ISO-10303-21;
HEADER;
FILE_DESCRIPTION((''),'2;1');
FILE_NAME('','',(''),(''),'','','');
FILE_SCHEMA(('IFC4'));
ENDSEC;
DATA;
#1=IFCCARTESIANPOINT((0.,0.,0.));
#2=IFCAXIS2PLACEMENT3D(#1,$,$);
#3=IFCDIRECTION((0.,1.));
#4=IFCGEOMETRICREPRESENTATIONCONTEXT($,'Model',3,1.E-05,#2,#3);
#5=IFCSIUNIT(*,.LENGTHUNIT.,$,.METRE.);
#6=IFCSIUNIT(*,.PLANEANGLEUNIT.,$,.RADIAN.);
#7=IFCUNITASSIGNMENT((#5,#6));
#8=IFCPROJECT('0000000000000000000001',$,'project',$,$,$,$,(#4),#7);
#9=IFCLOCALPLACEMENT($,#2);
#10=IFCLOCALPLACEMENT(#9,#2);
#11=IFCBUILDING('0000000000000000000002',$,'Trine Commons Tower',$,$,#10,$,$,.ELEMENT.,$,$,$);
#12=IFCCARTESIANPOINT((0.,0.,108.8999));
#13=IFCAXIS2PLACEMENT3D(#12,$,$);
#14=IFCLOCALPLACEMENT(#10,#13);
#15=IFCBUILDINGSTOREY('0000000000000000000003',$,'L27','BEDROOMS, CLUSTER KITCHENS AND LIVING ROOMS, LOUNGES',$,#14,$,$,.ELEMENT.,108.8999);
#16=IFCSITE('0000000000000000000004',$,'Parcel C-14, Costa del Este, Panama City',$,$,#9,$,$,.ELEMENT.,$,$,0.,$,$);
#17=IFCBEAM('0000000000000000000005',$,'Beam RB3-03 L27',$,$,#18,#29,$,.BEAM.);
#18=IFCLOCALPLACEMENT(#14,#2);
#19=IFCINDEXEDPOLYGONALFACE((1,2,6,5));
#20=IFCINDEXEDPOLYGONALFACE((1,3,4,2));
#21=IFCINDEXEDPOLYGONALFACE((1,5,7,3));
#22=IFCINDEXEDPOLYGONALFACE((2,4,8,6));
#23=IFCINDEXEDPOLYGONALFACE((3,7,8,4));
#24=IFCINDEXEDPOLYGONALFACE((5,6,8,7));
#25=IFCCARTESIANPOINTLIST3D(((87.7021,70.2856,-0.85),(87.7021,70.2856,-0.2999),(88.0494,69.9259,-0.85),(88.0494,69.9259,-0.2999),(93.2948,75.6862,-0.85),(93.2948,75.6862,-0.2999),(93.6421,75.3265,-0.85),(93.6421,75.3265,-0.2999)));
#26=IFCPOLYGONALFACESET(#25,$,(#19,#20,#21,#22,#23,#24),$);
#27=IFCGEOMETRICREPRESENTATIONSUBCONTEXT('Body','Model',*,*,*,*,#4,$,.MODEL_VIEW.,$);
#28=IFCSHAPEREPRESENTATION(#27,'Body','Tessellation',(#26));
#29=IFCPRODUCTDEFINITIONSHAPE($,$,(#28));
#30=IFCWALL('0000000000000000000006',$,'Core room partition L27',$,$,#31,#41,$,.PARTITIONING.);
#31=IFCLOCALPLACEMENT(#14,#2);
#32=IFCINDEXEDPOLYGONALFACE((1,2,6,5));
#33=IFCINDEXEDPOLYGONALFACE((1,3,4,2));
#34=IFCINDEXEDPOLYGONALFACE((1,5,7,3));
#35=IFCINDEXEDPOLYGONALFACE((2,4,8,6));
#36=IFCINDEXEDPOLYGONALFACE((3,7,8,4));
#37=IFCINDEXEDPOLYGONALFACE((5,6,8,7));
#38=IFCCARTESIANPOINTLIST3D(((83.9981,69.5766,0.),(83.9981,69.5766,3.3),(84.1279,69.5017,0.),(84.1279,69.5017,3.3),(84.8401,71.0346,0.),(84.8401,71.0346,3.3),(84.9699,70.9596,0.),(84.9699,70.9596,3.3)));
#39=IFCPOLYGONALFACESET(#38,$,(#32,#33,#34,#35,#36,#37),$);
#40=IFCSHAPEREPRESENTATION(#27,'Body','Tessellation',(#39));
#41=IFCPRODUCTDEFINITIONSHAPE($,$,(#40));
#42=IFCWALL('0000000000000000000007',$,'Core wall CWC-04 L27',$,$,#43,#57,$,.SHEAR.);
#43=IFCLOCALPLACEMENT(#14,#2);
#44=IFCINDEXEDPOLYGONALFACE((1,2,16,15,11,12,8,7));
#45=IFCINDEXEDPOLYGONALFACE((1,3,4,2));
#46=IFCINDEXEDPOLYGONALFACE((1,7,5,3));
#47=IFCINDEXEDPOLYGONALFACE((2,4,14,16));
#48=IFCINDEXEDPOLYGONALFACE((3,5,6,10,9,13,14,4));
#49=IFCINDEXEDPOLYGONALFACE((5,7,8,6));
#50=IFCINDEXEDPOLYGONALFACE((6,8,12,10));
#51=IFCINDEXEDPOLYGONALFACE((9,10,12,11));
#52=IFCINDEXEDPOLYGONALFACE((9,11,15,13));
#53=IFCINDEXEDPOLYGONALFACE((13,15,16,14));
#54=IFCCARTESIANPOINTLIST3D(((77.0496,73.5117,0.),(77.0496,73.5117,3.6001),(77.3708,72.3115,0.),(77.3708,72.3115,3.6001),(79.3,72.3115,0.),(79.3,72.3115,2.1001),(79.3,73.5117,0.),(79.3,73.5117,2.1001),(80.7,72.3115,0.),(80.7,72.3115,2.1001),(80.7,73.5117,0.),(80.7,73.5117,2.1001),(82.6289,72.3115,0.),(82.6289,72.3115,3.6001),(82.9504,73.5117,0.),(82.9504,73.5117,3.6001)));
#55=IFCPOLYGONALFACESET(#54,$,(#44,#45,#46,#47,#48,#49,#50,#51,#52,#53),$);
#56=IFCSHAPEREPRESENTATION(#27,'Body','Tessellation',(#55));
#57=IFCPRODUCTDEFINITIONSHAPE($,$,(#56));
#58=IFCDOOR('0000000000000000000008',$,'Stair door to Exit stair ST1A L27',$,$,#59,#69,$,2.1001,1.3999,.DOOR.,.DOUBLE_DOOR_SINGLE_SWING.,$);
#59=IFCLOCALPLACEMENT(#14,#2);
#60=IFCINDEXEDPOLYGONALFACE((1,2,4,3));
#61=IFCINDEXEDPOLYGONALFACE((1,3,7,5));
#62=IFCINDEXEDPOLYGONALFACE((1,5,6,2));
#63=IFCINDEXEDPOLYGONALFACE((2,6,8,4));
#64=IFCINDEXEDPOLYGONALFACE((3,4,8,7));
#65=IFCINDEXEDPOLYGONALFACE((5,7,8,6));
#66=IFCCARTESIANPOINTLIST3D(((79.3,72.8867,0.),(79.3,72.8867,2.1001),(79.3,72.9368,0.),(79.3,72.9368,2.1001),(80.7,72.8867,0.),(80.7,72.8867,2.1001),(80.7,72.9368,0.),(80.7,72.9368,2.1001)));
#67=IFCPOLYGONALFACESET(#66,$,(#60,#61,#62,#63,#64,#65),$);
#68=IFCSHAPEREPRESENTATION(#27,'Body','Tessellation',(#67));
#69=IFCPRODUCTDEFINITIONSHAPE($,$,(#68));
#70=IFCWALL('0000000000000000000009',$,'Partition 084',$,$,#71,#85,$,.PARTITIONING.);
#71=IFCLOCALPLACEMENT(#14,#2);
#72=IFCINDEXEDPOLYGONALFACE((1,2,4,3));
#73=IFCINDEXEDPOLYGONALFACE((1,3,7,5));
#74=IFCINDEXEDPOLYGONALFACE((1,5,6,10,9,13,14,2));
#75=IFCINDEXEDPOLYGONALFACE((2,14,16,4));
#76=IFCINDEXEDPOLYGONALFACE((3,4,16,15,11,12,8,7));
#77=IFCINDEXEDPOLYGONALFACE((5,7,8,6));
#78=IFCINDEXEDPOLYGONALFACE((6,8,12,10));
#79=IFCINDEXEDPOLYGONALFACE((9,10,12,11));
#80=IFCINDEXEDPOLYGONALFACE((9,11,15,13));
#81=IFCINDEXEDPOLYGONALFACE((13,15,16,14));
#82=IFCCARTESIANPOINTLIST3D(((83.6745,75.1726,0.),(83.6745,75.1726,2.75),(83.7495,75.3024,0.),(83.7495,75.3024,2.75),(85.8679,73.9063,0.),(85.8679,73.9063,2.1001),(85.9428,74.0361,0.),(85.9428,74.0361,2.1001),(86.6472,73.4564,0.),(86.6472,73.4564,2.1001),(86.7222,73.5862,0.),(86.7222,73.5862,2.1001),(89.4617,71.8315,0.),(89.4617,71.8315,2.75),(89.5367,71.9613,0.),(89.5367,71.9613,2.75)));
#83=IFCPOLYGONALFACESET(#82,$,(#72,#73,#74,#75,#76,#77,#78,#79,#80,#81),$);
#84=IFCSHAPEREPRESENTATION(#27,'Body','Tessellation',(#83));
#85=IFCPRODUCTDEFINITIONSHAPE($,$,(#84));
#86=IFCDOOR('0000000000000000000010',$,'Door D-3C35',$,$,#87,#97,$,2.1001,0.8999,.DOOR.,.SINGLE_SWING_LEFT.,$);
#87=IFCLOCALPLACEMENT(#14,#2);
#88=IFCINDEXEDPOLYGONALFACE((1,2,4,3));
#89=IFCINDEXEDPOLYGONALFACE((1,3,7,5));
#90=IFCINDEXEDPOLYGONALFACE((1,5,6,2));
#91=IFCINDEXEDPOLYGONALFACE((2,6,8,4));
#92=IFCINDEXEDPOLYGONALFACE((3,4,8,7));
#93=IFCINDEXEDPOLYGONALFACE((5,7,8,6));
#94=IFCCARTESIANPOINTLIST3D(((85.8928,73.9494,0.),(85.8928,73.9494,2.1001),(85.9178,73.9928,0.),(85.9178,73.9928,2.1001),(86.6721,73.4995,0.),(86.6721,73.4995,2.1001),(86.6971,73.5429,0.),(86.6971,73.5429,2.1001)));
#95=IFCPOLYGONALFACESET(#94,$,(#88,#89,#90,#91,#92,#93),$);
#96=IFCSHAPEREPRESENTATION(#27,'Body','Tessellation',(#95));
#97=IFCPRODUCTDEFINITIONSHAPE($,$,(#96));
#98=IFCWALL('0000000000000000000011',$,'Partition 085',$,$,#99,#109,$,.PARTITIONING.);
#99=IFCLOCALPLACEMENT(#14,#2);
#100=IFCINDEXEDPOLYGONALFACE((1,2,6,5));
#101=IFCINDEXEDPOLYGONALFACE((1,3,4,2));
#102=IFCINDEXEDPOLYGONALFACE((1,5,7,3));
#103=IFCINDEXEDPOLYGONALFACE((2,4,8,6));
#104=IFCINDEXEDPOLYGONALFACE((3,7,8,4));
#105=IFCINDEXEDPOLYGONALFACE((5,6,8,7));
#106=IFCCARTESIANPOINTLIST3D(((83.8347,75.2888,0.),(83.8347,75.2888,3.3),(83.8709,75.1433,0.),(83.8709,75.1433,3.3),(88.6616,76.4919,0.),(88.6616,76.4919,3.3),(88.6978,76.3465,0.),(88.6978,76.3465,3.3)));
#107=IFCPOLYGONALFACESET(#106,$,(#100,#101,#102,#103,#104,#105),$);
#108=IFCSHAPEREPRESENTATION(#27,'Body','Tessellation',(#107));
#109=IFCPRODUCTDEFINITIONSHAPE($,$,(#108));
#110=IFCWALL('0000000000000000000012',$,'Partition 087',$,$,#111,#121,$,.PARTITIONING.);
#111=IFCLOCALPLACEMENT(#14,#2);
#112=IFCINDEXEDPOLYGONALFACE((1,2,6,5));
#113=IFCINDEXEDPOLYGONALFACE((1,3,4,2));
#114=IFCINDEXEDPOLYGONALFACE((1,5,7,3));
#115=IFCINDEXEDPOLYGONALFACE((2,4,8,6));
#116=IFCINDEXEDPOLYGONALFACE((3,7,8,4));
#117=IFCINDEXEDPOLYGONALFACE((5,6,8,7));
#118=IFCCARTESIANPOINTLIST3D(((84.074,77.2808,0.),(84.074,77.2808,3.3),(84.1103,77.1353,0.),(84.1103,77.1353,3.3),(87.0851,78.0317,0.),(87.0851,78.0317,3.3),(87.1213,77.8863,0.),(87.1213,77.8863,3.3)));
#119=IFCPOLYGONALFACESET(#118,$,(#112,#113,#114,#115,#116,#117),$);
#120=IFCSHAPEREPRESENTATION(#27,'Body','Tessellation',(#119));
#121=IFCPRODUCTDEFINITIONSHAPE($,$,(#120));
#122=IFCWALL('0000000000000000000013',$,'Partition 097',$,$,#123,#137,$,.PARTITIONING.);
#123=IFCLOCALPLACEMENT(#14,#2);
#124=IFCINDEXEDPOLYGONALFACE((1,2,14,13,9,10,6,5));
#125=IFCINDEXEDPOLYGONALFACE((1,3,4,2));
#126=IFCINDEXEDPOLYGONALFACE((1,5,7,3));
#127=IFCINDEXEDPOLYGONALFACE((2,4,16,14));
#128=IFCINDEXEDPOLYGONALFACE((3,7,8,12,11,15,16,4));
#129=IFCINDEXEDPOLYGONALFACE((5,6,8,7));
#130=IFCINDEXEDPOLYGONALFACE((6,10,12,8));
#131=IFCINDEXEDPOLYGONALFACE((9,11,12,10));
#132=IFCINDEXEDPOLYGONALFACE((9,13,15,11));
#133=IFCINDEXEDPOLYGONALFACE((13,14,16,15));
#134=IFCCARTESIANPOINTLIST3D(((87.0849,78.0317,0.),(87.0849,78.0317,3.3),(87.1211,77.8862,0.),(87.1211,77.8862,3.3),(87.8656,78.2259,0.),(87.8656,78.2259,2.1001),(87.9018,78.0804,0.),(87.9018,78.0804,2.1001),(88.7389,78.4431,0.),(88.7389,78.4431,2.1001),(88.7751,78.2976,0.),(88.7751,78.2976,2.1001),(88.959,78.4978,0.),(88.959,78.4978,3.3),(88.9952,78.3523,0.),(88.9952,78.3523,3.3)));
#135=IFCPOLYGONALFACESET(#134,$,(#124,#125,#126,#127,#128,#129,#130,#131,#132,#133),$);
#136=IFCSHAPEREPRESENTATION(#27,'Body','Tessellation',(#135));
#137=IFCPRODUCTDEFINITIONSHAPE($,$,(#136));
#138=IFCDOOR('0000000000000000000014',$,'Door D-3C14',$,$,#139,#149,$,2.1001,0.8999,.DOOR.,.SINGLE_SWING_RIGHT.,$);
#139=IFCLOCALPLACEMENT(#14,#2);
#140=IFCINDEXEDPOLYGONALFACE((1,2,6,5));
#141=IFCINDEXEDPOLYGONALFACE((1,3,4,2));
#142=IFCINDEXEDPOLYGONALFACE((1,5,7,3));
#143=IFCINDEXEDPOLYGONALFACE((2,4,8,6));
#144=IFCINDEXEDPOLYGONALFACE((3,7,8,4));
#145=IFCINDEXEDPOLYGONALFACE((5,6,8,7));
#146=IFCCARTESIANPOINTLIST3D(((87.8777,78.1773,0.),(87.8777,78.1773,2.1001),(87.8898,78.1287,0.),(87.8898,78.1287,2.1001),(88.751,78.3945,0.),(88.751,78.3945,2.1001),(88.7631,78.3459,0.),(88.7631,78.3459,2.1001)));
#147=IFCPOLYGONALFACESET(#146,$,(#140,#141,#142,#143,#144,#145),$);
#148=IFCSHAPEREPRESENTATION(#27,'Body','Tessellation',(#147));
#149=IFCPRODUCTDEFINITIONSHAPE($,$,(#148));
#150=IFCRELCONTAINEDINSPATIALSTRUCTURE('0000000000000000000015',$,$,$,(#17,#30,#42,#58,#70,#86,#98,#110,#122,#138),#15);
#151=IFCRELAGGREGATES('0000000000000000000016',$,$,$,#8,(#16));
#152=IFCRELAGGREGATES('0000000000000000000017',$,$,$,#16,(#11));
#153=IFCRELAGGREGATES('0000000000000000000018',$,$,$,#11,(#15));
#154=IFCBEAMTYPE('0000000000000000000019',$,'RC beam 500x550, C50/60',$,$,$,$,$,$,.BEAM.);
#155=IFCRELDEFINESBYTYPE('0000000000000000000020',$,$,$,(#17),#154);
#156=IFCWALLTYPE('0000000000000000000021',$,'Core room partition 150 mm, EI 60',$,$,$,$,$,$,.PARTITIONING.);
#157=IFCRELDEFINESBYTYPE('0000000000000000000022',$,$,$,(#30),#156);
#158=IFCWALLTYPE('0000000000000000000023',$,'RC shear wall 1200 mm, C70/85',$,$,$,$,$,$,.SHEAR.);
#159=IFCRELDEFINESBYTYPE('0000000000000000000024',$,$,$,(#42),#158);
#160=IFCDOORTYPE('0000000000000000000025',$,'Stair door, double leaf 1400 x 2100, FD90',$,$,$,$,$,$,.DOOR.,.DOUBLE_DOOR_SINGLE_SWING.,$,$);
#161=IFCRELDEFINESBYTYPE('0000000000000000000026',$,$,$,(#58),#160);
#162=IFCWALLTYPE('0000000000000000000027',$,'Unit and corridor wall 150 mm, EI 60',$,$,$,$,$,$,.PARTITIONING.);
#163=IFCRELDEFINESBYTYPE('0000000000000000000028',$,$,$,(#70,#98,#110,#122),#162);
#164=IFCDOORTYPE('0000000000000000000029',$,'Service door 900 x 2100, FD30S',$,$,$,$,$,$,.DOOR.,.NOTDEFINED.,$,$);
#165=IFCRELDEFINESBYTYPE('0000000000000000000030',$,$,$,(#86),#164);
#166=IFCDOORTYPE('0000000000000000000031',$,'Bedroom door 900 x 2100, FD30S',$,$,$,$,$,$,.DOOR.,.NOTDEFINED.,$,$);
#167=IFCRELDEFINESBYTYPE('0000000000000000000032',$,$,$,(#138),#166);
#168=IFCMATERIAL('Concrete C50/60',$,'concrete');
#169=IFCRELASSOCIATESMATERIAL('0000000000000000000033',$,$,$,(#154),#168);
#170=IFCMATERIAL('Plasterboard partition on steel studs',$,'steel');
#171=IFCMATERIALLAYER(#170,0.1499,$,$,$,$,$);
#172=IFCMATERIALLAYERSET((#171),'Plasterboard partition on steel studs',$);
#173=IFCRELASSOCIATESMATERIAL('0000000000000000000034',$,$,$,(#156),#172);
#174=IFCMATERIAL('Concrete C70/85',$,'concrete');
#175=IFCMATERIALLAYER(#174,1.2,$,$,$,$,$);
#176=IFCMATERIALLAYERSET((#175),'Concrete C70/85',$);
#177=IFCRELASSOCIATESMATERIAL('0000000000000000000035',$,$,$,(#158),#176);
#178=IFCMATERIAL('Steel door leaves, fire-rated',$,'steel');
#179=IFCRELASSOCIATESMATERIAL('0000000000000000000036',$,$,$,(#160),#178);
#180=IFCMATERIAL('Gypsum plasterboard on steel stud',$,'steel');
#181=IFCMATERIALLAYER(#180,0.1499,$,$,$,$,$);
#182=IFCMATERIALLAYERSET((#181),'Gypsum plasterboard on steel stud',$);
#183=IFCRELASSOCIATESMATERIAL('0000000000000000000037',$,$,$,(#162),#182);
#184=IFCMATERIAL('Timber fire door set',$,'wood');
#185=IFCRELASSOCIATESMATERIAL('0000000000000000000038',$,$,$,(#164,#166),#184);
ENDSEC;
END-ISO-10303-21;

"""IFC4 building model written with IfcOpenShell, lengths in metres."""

from ifc_helpers import new_model, si_unit, direction, frame, frame_2d, origin, origin_2d, place, context, subcontext, project, spatial, polyline, rectangle, outline, extrude, material, layer, layer_set, material_profile, profile_set, type_object, element, fill, save


model = new_model("IFC4")

# Units and contexts
model_context = context("Model", 3, precision=1e-05, world=origin(), true_north=direction((0.0, 1.0)))
body_context = subcontext(model_context, "Body", "Model", "MODEL_VIEW")
ifc_project = project(units=[si_unit("LENGTHUNIT", "METRE"), si_unit("PLANEANGLEUNIT", "RADIAN")], contexts=[model_context])

# Site, building, storey
site_placement = place(None, origin())
site = spatial("IfcSite", under=ifc_project, at=site_placement, Name="Parcel C-14, Costa del Este, Panama City", CompositionType="ELEMENT", RefElevation=0.0)
building_placement = place(site_placement, origin())
building = spatial("IfcBuilding", under=site, at=building_placement, Name="Trine Commons Tower", CompositionType="ELEMENT")
storey_placement = place(building_placement, frame((0.0, 0.0, 108.8999)))
storey = spatial("IfcBuildingStorey", under=building, at=storey_placement, Name="L27", Description="BEDROOMS, CLUSTER KITCHENS AND LIVING ROOMS, LOUNGES", CompositionType="ELEMENT", Elevation=108.8999)

# Beam
ifc_material_1 = material(Name="Concrete C50/60", Category="concrete")
ifc_material_profile = material_profile(ifc_material_1, rectangle(XDim=0.5, YDim=0.55, at=origin_2d()), Name="RC 500x550")
ifc_profile_set = profile_set([ifc_material_profile], Name="Concrete C50/60")
beam_type = type_object("IfcBeamType", Name="RC beam 500x550, C50/60", PredefinedType="BEAM", material=ifc_profile_set)
beam_placement = place(storey_placement, frame((87.8757, 70.1057, -0.575), z_axis=(0.719355, 0.694642, 0.0), x_axis=(-0.694642, 0.719355, 0.0)))
element("IfcBeam", 1, at=beam_placement, inside=storey, type_object=beam_type, Name="Beam RB3-03 L27", PredefinedType="BEAM", context=body_context, shape_type="SweptSolid", body=[
    extrude(rectangle(XDim=0.5, YDim=0.55, at=origin_2d()), origin(), (0.0, 0.0, 1.0), 7.7747),
])

# Wall
ifc_material_2 = material(Name="Plasterboard partition on steel studs", Category="steel")
ifc_layer_1 = layer(ifc_material_2, 0.1499)
ifc_layer_set_1 = layer_set([ifc_layer_1], Name="Plasterboard partition on steel studs")
wall_type_1 = type_object("IfcWallType", Name="Core room partition 150 mm, EI 60", PredefinedType="PARTITIONING", material=ifc_layer_set_1)
wall_1_placement = place(storey_placement, frame((84.905, 70.9971, 0.0), z_axis=(0.0, 0.0, 1.0), x_axis=(-0.500116, -0.865959, 0.0)))
element("IfcWall", 2, at=wall_1_placement, inside=storey, type_object=wall_type_1, Name="Core room partition L27", PredefinedType="PARTITIONING", context=body_context, shape_type="SweptSolid", body=[
    extrude(rectangle(XDim=1.6836, YDim=0.1499, at=frame_2d((0.8418, 0.0))), origin(), (0.0, 0.0, 1.0), 3.3),
])

# Walls, openings, doors
ifc_material_3 = material(Name="Concrete C70/85", Category="concrete")
ifc_layer_2 = layer(ifc_material_3, 1.2)
ifc_layer_set_2 = layer_set([ifc_layer_2], Name="Concrete C70/85")
wall_type_2 = type_object("IfcWallType", Name="RC shear wall 1200 mm, C70/85", PredefinedType="SHEAR", material=ifc_layer_set_2)
wall_2_placement = place(storey_placement, frame((82.9504, 72.9116, 0.0), z_axis=(0.0, 0.0, 1.0), x_axis=(-1.0, 0.0, 0.0)))
wall_2 = element("IfcWall", 3, at=wall_2_placement, inside=storey, type_object=wall_type_2, Name="Core wall CWC-04 L27", PredefinedType="SHEAR", context=body_context, shape_type="SweptSolid", body=[
    extrude(outline(polyline([(0.0, -0.6001), (5.9009, -0.6001), (5.5796, 0.6001), (0.3215, 0.6001), (0.0, -0.6001)])), origin(), (0.0, 0.0, 1.0), 3.6001),
])
opening_1_placement = place(wall_2_placement, frame((2.2505, 0.0, 0.0)))
opening_1 = element("IfcOpeningElement", 4, at=opening_1_placement, cuts=wall_2, PredefinedType="OPENING", context=body_context, shape_type="SweptSolid", body=[
    extrude(rectangle(XDim=1.3999, YDim=2.1001, at=frame_2d((0.7, 1.05))), frame((0.0, 0.6099, 0.0), z_axis=(0.0, -1.0, 0.0), x_axis=(1.0, 0.0, 0.0)), (0.0, 0.0, 1.0), 1.22),
])
ifc_material_4 = material(Name="Steel door leaves, fire-rated", Category="steel")
door_type_1 = type_object("IfcDoorType", Name="Stair door, double leaf 1400 x 2100, FD90", OperationType="DOUBLE_DOOR_SINGLE_SWING", PredefinedType="DOOR", material=ifc_material_4)
door_1_placement = place(opening_1_placement, origin())
door_1 = element("IfcDoor", 5, at=door_1_placement, inside=storey, type_object=door_type_1, Name="Stair door to Exit stair ST1A L27", OperationType="DOUBLE_DOOR_SINGLE_SWING", OverallHeight=2.1001, OverallWidth=1.3999, PredefinedType="DOOR", context=body_context, shape_type="SweptSolid", body=[
    extrude(rectangle(XDim=1.3999, YDim=2.1001, at=frame_2d((0.7, 1.05))), frame((0.0, 0.0249, 0.0), z_axis=(0.0, -1.0, 0.0), x_axis=(1.0, 0.0, 0.0)), (0.0, 0.0, 1.0), 0.05),
])
fill(opening_1, door_1)
ifc_material_5 = material(Name="Gypsum plasterboard on steel stud", Category="steel")
ifc_layer_3 = layer(ifc_material_5, 0.1499)
ifc_layer_set_3 = layer_set([ifc_layer_3], Name="Gypsum plasterboard on steel stud")
wall_type_3 = type_object("IfcWallType", Name="Unit and corridor wall 150 mm, EI 60", PredefinedType="PARTITIONING", material=ifc_layer_set_3)
wall_3_placement = place(storey_placement, frame((83.7119, 75.2375, 0.0), z_axis=(0.0, 0.0, 1.0), x_axis=(0.866033, -0.499986, 0.0)))
wall_3 = element("IfcWall", 6, at=wall_3_placement, inside=storey, type_object=wall_type_3, Name="Partition 084", PredefinedType="PARTITIONING", context=body_context, shape_type="SweptSolid", body=[
    extrude(rectangle(XDim=6.6824, YDim=0.1499, at=frame_2d((3.3413, 0.0))), origin(), (0.0, 0.0, 1.0), 2.75),
])
opening_2_placement = place(wall_3_placement, frame((2.5327, 0.0, 0.0)))
opening_2 = element("IfcOpeningElement", 7, at=opening_2_placement, cuts=wall_3, PredefinedType="OPENING", context=body_context, shape_type="SweptSolid", body=[
    extrude(rectangle(XDim=0.8999, YDim=2.1001, at=frame_2d((0.45, 1.05))), frame((0.0, 0.085, 0.0), z_axis=(0.0, -1.0, 0.0), x_axis=(1.0, 0.0, 0.0)), (0.0, 0.0, 1.0), 0.1699),
])
ifc_material_6 = material(Name="Timber fire door set", Category="wood")
door_type_2 = type_object("IfcDoorType", Name="Service door 900 x 2100, FD30S", OperationType="NOTDEFINED", PredefinedType="DOOR", material=ifc_material_6)
door_2_placement = place(opening_2_placement, origin())
door_2 = element("IfcDoor", 8, at=door_2_placement, inside=storey, type_object=door_type_2, Name="Door D-3C35", OperationType="SINGLE_SWING_LEFT", OverallHeight=2.1001, OverallWidth=0.8999, PredefinedType="DOOR", context=body_context, shape_type="SweptSolid", body=[
    extrude(rectangle(XDim=0.8999, YDim=2.1001, at=frame_2d((0.45, 1.05))), frame((0.0, 0.0249, 0.0), z_axis=(0.0, -1.0, 0.0), x_axis=(1.0, 0.0, 0.0)), (0.0, 0.0, 1.0), 0.05),
])
fill(opening_2, door_2)

# Walls
wall_4_placement = place(storey_placement, frame((83.8528, 75.2161, 0.0), z_axis=(0.0, 0.0, 1.0), x_axis=(0.970313, 0.241854, 0.0)))
element("IfcWall", 9, at=wall_4_placement, inside=storey, type_object=wall_type_3, Name="Partition 085", PredefinedType="PARTITIONING", context=body_context, shape_type="SweptSolid", body=[
    extrude(rectangle(XDim=4.9746, YDim=0.1499, at=frame_2d((2.4873, 0.0))), origin(), (0.0, 0.0, 1.0), 3.3),
])
wall_5_placement = place(storey_placement, frame((84.092, 77.208, 0.0), z_axis=(0.0, 0.0, 1.0), x_axis=(0.970277, 0.241999, 0.0)))
element("IfcWall", 10, at=wall_5_placement, inside=storey, type_object=wall_type_3, Name="Partition 087", PredefinedType="PARTITIONING", context=body_context, shape_type="SweptSolid", body=[
    extrude(rectangle(XDim=3.1033, YDim=0.1499, at=frame_2d((1.5518, 0.0))), origin(), (0.0, 0.0, 1.0), 3.3),
])

# Wall, opening, door
wall_6_placement = place(storey_placement, frame((87.103, 77.959, 0.0), z_axis=(0.0, 0.0, 1.0), x_axis=(0.970439, 0.241346, 0.0)))
wall_6 = element("IfcWall", 11, at=wall_6_placement, inside=storey, type_object=wall_type_3, Name="Partition 097", PredefinedType="PARTITIONING", context=body_context, shape_type="SweptSolid", body=[
    extrude(rectangle(XDim=1.9312, YDim=0.1499, at=frame_2d((0.9656, 0.0))), origin(), (0.0, 0.0, 1.0), 3.3),
])
opening_3_placement = place(wall_6_placement, frame((0.8044, 0.0, 0.0)))
opening_3 = element("IfcOpeningElement", 12, at=opening_3_placement, cuts=wall_6, PredefinedType="OPENING", context=body_context, shape_type="SweptSolid", body=[
    extrude(rectangle(XDim=0.8999, YDim=2.1001, at=frame_2d((0.45, 1.05))), frame((0.0, 0.085, 0.0), z_axis=(0.0, -1.0, 0.0), x_axis=(1.0, 0.0, 0.0)), (0.0, 0.0, 1.0), 0.1699),
])
door_type_3 = type_object("IfcDoorType", Name="Bedroom door 900 x 2100, FD30S", OperationType="NOTDEFINED", PredefinedType="DOOR", material=ifc_material_6)
door_3_placement = place(opening_3_placement, origin())
door_3 = element("IfcDoor", 13, at=door_3_placement, inside=storey, type_object=door_type_3, Name="Door D-3C14", OperationType="SINGLE_SWING_RIGHT", OverallHeight=2.1001, OverallWidth=0.8999, PredefinedType="DOOR", context=body_context, shape_type="SweptSolid", body=[
    extrude(rectangle(XDim=0.8999, YDim=2.1001, at=frame_2d((0.45, 1.05))), frame((0.0, 0.0249, 0.0), z_axis=(0.0, -1.0, 0.0), x_axis=(1.0, 0.0, 0.0)), (0.0, 0.0, 1.0), 0.05),
])
fill(opening_3, door_3)

save(model, "model.ifc")
